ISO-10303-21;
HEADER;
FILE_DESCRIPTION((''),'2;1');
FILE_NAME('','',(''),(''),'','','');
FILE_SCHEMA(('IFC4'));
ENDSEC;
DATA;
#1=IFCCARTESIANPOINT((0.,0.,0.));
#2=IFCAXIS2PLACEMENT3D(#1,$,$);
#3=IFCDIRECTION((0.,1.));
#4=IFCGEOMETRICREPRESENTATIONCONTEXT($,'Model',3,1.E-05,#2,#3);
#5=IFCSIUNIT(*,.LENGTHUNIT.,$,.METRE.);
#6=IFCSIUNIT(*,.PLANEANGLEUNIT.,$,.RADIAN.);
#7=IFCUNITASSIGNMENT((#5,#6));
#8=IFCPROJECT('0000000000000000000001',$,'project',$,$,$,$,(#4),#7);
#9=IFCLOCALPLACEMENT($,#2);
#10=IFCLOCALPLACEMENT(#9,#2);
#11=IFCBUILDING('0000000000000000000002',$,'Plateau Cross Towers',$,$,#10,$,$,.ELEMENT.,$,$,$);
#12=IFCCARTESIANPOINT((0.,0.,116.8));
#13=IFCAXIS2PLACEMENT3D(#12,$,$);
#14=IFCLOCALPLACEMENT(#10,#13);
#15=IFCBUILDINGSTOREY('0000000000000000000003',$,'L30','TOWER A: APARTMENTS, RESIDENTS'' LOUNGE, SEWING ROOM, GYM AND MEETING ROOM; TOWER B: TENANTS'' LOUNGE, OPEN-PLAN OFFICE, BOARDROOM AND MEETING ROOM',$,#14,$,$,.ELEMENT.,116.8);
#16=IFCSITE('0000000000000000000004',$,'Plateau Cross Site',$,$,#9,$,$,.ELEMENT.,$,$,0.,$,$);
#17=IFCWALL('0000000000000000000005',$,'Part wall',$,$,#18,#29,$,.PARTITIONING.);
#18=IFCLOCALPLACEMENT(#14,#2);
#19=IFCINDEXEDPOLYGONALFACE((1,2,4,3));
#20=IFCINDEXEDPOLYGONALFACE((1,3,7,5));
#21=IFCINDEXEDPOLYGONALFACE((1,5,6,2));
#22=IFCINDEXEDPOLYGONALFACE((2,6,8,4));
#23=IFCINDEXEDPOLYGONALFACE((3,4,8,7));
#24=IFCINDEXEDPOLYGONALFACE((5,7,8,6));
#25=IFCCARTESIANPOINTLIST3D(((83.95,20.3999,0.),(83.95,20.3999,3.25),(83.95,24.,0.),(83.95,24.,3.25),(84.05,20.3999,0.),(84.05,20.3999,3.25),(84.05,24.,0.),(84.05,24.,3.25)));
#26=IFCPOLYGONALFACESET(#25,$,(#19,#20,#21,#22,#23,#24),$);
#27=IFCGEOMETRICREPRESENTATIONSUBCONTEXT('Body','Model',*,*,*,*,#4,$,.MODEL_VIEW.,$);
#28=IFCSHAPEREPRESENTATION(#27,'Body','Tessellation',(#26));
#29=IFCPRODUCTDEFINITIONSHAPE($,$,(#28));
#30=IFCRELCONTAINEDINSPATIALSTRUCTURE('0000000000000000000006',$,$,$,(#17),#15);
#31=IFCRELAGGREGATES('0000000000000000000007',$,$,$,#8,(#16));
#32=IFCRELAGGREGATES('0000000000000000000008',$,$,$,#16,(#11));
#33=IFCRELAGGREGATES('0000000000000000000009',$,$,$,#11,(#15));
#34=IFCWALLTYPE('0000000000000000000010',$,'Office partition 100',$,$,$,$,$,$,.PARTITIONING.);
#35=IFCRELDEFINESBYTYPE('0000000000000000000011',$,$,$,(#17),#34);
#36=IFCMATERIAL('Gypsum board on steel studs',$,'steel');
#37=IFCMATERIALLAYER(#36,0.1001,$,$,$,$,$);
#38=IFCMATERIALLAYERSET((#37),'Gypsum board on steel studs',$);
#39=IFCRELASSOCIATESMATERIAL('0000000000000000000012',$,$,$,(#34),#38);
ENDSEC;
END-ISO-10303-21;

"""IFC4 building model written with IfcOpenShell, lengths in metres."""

from ifc_helpers import new_model, si_unit, direction, frame, frame_2d, origin, place, context, subcontext, project, spatial, rectangle, extrude, material, layer, layer_set, type_object, element, save


model = new_model("IFC4")

# Units and contexts
model_context = context("Model", 3, precision=1e-05, world=origin(), true_north=direction((0.0, 1.0)))
body_context = subcontext(model_context, "Body", "Model", "MODEL_VIEW")
ifc_project = project(units=[si_unit("LENGTHUNIT", "METRE"), si_unit("PLANEANGLEUNIT", "RADIAN")], contexts=[model_context])

# Site, building, storey
site_placement = place(None, origin())
site = spatial("IfcSite", under=ifc_project, at=site_placement, Name="Plateau Cross Site", CompositionType="ELEMENT", RefElevation=0.0)
building_placement = place(site_placement, origin())
building = spatial("IfcBuilding", under=site, at=building_placement, Name="Plateau Cross Towers", CompositionType="ELEMENT")
storey_placement = place(building_placement, frame((0.0, 0.0, 116.8)))
storey = spatial("IfcBuildingStorey", under=building, at=storey_placement, Name="L30", Description="TOWER A: APARTMENTS, RESIDENTS' LOUNGE, SEWING ROOM, GYM AND MEETING ROOM; TOWER B: TENANTS' LOUNGE, OPEN-PLAN OFFICE, BOARDROOM AND MEETING ROOM", CompositionType="ELEMENT", Elevation=116.8)

# Wall
ifc_material_1 = material(Name="Gypsum board on steel studs", Category="steel")
ifc_layer_1 = layer(ifc_material_1, 0.1001)
ifc_layer_set_1 = layer_set([ifc_layer_1], Name="Gypsum board on steel studs")
wall_type_1 = type_object("IfcWallType", Name="Office partition 100", PredefinedType="PARTITIONING", material=ifc_layer_set_1)
wall_1_placement = place(storey_placement, frame((84.0, 20.3999, 0.0), z_axis=(0.0, 0.0, 1.0), x_axis=(0.0, 1.0, 0.0)))
element("IfcWall", 1, at=wall_1_placement, inside=storey, type_object=wall_type_1, Name="Part wall", PredefinedType="PARTITIONING", context=body_context, shape_type="SweptSolid", body=[
    extrude(rectangle(XDim=3.6001, YDim=0.1001, at=frame_2d((1.8, 0.0))), origin(), (0.0, 0.0, 1.0), 3.25),
])

save(model, "model.ifc")
